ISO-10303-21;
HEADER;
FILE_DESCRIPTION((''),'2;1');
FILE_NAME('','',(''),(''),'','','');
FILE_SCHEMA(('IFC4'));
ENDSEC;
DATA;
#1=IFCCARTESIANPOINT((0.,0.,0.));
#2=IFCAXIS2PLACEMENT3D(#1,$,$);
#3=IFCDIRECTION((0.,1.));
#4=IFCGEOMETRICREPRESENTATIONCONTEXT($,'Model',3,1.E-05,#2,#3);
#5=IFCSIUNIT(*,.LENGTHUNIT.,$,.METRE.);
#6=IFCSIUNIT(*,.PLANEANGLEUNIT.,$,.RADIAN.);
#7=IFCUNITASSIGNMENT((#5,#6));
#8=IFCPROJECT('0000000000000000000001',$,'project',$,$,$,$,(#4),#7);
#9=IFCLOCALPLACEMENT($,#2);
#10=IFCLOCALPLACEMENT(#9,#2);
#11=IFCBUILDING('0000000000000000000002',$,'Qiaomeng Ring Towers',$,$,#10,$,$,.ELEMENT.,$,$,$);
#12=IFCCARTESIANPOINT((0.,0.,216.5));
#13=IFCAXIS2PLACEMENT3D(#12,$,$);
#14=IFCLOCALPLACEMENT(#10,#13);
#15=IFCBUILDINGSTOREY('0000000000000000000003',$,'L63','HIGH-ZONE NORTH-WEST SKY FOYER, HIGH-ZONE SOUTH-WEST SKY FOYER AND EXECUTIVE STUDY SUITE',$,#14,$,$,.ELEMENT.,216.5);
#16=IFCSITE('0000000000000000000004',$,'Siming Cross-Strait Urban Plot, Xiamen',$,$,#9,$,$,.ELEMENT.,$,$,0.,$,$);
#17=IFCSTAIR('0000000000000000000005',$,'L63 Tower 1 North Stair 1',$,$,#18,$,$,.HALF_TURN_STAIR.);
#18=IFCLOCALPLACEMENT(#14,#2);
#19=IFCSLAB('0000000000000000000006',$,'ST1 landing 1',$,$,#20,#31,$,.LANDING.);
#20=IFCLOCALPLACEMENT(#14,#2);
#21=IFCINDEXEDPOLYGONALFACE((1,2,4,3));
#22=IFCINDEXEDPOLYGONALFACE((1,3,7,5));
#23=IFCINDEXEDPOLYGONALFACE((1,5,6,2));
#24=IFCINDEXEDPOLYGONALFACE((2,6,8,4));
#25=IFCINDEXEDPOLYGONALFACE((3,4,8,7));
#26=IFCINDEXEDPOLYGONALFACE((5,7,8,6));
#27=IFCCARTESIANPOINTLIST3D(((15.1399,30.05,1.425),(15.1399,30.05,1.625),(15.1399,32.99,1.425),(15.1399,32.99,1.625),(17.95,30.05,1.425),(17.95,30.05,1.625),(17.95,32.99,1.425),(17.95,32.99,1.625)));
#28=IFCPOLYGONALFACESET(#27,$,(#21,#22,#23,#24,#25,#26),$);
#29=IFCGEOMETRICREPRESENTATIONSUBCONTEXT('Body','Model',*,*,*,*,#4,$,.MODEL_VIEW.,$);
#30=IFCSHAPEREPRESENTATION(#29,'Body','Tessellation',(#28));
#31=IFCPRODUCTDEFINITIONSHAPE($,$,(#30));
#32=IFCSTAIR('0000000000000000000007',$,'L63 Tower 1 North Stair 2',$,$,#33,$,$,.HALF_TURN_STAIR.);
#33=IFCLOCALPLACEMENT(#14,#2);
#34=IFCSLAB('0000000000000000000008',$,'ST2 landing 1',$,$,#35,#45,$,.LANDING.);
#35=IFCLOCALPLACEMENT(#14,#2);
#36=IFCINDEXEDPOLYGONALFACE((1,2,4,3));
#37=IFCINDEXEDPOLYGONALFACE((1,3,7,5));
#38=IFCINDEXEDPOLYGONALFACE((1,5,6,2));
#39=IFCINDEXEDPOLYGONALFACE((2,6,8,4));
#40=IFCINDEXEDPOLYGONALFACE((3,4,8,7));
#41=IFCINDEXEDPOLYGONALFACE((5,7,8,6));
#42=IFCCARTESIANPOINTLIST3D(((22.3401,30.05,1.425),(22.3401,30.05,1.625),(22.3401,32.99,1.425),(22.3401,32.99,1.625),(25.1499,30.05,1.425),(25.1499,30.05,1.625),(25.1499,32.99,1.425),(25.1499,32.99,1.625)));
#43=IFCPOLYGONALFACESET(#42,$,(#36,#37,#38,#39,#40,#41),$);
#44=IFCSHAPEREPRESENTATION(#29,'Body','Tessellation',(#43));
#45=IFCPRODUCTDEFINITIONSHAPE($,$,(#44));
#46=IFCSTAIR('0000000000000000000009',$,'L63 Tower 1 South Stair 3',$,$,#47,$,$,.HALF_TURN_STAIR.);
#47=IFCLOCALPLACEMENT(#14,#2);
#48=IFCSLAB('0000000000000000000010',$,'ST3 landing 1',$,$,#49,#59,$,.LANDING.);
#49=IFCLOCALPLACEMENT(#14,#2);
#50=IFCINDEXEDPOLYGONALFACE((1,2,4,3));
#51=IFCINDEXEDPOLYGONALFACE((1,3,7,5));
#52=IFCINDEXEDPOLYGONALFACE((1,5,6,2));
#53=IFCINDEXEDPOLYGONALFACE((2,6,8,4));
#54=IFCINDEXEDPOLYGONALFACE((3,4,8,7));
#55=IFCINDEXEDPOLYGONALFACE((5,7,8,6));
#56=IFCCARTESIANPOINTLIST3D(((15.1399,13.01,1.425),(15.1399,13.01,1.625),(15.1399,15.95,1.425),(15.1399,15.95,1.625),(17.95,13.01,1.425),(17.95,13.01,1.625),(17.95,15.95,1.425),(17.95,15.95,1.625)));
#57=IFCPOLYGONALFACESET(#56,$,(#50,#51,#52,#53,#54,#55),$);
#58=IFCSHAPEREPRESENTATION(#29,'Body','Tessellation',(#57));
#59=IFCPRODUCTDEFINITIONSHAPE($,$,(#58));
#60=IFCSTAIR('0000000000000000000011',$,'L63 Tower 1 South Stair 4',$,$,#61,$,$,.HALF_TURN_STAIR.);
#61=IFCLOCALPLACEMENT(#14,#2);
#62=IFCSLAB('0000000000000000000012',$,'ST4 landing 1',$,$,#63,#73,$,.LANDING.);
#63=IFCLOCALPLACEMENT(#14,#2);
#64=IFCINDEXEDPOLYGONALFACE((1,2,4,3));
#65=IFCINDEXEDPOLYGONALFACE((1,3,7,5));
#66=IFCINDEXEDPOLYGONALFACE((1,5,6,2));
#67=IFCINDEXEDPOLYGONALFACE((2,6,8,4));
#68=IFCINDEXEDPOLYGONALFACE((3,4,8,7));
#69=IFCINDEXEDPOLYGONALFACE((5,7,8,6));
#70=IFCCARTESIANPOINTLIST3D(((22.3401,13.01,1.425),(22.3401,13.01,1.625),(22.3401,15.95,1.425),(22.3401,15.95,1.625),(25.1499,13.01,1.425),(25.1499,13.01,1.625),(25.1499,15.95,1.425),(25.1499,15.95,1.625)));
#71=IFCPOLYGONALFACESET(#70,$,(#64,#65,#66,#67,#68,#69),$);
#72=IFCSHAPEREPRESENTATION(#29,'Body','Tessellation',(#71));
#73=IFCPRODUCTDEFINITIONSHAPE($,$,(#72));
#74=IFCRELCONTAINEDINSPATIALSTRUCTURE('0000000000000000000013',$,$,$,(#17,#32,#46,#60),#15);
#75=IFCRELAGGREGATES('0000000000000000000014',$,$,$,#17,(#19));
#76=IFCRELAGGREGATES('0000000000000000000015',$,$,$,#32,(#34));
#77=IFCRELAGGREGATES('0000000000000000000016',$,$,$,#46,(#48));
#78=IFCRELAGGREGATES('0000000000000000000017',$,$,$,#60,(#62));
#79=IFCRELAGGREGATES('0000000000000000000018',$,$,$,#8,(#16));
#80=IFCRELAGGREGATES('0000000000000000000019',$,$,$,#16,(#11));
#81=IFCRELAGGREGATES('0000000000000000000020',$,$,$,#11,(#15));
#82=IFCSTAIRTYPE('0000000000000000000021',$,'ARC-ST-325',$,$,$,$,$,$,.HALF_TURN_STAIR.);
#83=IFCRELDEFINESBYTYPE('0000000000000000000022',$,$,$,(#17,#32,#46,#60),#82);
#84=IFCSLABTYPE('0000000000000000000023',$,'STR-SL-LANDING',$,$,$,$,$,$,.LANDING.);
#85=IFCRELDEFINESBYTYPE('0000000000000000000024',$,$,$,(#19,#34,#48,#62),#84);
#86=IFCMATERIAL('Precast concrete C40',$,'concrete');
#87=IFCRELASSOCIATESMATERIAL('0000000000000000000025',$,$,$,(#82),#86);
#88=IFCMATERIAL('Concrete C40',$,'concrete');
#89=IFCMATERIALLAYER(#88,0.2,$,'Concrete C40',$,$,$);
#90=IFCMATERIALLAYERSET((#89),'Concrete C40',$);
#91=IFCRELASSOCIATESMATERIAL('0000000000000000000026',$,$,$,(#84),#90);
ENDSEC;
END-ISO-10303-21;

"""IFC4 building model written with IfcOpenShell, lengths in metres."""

from ifc_helpers import new_model, si_unit, direction, frame, origin, place, context, subcontext, project, spatial, polyline, outline, extrude, material, layer, layer_set, type_object, element, aggregate, save


model = new_model("IFC4")

# Units and contexts
model_context = context("Model", 3, precision=1e-05, world=origin(), true_north=direction((0.0, 1.0)))
body_context = subcontext(model_context, "Body", "Model", "MODEL_VIEW")
ifc_project = project(units=[si_unit("LENGTHUNIT", "METRE"), si_unit("PLANEANGLEUNIT", "RADIAN")], contexts=[model_context])

# Site, building, storey
site_placement = place(None, origin())
site = spatial("IfcSite", under=ifc_project, at=site_placement, Name="Siming Cross-Strait Urban Plot, Xiamen", CompositionType="ELEMENT", RefElevation=0.0)
building_placement = place(site_placement, origin())
building = spatial("IfcBuilding", under=site, at=building_placement, Name="Qiaomeng Ring Towers", CompositionType="ELEMENT")
storey_placement = place(building_placement, frame((0.0, 0.0, 216.5)))
storey = spatial("IfcBuildingStorey", under=building, at=storey_placement, Name="L63", Description="HIGH-ZONE NORTH-WEST SKY FOYER, HIGH-ZONE SOUTH-WEST SKY FOYER AND EXECUTIVE STUDY SUITE", CompositionType="ELEMENT", Elevation=216.5)

# Shared definitions
ifc_material_1 = material(Name="Concrete C40", Category="concrete")

# Stairs, slabs
ifc_material_2 = material(Name="Precast concrete C40", Category="concrete")
stair_type = type_object("IfcStairType", Name="ARC-ST-325", PredefinedType="HALF_TURN_STAIR", material=ifc_material_2)
stair_1_placement = place(storey_placement, origin())
stair_1 = element("IfcStair", 1, at=stair_1_placement, inside=storey, type_object=stair_type, Name="L63 Tower 1 North Stair 1", PredefinedType="HALF_TURN_STAIR")
ifc_layer_1 = layer(ifc_material_1, 0.2, Name="Concrete C40")
ifc_layer_set_1 = layer_set([ifc_layer_1], Name="Concrete C40")
slab_type_1 = type_object("IfcSlabType", Name="STR-SL-LANDING", PredefinedType="LANDING", material=ifc_layer_set_1)
slab_1_placement = place(storey_placement, frame((0.0, 0.0, 1.425)))
slab_1 = element("IfcSlab", 2, at=slab_1_placement, type_object=slab_type_1, Name="ST1 landing 1", PredefinedType="LANDING", context=body_context, shape_type="SweptSolid", body=[
    extrude(outline(polyline([(15.1399, 30.05), (17.95, 30.05), (17.95, 32.99), (15.1399, 32.99), (15.1399, 30.05)])), origin(), (0.0, 0.0, 1.0), 0.2),
])
aggregate(stair_1, [slab_1])
stair_2_placement = place(storey_placement, origin())
stair_2 = element("IfcStair", 3, at=stair_2_placement, inside=storey, type_object=stair_type, Name="L63 Tower 1 North Stair 2", PredefinedType="HALF_TURN_STAIR")
slab_2_placement = place(storey_placement, frame((0.0, 0.0, 1.425)))
slab_2 = element("IfcSlab", 4, at=slab_2_placement, type_object=slab_type_1, Name="ST2 landing 1", PredefinedType="LANDING", context=body_context, shape_type="SweptSolid", body=[
    extrude(outline(polyline([(22.3401, 30.05), (25.1499, 30.05), (25.1499, 32.99), (22.3401, 32.99), (22.3401, 30.05)])), origin(), (0.0, 0.0, 1.0), 0.2),
])
aggregate(stair_2, [slab_2])
stair_3_placement = place(storey_placement, origin())
stair_3 = element("IfcStair", 5, at=stair_3_placement, inside=storey, type_object=stair_type, Name="L63 Tower 1 South Stair 3", PredefinedType="HALF_TURN_STAIR")
slab_3_placement = place(storey_placement, frame((0.0, 0.0, 1.425)))
slab_3 = element("IfcSlab", 6, at=slab_3_placement, type_object=slab_type_1, Name="ST3 landing 1", PredefinedType="LANDING", context=body_context, shape_type="SweptSolid", body=[
    extrude(outline(polyline([(15.1399, 13.01), (17.95, 13.01), (17.95, 15.95), (15.1399, 15.95), (15.1399, 13.01)])), origin(), (0.0, 0.0, 1.0), 0.2),
])
aggregate(stair_3, [slab_3])
stair_4_placement = place(storey_placement, origin())
stair_4 = element("IfcStair", 7, at=stair_4_placement, inside=storey, type_object=stair_type, Name="L63 Tower 1 South Stair 4", PredefinedType="HALF_TURN_STAIR")
slab_4_placement = place(storey_placement, frame((0.0, 0.0, 1.425)))
slab_4 = element("IfcSlab", 8, at=slab_4_placement, type_object=slab_type_1, Name="ST4 landing 1", PredefinedType="LANDING", context=body_context, shape_type="SweptSolid", body=[
    extrude(outline(polyline([(22.3401, 13.01), (25.1499, 13.01), (25.1499, 15.95), (22.3401, 15.95), (22.3401, 13.01)])), origin(), (0.0, 0.0, 1.0), 0.2),
])
aggregate(stair_4, [slab_4])

save(model, "model.ifc")
